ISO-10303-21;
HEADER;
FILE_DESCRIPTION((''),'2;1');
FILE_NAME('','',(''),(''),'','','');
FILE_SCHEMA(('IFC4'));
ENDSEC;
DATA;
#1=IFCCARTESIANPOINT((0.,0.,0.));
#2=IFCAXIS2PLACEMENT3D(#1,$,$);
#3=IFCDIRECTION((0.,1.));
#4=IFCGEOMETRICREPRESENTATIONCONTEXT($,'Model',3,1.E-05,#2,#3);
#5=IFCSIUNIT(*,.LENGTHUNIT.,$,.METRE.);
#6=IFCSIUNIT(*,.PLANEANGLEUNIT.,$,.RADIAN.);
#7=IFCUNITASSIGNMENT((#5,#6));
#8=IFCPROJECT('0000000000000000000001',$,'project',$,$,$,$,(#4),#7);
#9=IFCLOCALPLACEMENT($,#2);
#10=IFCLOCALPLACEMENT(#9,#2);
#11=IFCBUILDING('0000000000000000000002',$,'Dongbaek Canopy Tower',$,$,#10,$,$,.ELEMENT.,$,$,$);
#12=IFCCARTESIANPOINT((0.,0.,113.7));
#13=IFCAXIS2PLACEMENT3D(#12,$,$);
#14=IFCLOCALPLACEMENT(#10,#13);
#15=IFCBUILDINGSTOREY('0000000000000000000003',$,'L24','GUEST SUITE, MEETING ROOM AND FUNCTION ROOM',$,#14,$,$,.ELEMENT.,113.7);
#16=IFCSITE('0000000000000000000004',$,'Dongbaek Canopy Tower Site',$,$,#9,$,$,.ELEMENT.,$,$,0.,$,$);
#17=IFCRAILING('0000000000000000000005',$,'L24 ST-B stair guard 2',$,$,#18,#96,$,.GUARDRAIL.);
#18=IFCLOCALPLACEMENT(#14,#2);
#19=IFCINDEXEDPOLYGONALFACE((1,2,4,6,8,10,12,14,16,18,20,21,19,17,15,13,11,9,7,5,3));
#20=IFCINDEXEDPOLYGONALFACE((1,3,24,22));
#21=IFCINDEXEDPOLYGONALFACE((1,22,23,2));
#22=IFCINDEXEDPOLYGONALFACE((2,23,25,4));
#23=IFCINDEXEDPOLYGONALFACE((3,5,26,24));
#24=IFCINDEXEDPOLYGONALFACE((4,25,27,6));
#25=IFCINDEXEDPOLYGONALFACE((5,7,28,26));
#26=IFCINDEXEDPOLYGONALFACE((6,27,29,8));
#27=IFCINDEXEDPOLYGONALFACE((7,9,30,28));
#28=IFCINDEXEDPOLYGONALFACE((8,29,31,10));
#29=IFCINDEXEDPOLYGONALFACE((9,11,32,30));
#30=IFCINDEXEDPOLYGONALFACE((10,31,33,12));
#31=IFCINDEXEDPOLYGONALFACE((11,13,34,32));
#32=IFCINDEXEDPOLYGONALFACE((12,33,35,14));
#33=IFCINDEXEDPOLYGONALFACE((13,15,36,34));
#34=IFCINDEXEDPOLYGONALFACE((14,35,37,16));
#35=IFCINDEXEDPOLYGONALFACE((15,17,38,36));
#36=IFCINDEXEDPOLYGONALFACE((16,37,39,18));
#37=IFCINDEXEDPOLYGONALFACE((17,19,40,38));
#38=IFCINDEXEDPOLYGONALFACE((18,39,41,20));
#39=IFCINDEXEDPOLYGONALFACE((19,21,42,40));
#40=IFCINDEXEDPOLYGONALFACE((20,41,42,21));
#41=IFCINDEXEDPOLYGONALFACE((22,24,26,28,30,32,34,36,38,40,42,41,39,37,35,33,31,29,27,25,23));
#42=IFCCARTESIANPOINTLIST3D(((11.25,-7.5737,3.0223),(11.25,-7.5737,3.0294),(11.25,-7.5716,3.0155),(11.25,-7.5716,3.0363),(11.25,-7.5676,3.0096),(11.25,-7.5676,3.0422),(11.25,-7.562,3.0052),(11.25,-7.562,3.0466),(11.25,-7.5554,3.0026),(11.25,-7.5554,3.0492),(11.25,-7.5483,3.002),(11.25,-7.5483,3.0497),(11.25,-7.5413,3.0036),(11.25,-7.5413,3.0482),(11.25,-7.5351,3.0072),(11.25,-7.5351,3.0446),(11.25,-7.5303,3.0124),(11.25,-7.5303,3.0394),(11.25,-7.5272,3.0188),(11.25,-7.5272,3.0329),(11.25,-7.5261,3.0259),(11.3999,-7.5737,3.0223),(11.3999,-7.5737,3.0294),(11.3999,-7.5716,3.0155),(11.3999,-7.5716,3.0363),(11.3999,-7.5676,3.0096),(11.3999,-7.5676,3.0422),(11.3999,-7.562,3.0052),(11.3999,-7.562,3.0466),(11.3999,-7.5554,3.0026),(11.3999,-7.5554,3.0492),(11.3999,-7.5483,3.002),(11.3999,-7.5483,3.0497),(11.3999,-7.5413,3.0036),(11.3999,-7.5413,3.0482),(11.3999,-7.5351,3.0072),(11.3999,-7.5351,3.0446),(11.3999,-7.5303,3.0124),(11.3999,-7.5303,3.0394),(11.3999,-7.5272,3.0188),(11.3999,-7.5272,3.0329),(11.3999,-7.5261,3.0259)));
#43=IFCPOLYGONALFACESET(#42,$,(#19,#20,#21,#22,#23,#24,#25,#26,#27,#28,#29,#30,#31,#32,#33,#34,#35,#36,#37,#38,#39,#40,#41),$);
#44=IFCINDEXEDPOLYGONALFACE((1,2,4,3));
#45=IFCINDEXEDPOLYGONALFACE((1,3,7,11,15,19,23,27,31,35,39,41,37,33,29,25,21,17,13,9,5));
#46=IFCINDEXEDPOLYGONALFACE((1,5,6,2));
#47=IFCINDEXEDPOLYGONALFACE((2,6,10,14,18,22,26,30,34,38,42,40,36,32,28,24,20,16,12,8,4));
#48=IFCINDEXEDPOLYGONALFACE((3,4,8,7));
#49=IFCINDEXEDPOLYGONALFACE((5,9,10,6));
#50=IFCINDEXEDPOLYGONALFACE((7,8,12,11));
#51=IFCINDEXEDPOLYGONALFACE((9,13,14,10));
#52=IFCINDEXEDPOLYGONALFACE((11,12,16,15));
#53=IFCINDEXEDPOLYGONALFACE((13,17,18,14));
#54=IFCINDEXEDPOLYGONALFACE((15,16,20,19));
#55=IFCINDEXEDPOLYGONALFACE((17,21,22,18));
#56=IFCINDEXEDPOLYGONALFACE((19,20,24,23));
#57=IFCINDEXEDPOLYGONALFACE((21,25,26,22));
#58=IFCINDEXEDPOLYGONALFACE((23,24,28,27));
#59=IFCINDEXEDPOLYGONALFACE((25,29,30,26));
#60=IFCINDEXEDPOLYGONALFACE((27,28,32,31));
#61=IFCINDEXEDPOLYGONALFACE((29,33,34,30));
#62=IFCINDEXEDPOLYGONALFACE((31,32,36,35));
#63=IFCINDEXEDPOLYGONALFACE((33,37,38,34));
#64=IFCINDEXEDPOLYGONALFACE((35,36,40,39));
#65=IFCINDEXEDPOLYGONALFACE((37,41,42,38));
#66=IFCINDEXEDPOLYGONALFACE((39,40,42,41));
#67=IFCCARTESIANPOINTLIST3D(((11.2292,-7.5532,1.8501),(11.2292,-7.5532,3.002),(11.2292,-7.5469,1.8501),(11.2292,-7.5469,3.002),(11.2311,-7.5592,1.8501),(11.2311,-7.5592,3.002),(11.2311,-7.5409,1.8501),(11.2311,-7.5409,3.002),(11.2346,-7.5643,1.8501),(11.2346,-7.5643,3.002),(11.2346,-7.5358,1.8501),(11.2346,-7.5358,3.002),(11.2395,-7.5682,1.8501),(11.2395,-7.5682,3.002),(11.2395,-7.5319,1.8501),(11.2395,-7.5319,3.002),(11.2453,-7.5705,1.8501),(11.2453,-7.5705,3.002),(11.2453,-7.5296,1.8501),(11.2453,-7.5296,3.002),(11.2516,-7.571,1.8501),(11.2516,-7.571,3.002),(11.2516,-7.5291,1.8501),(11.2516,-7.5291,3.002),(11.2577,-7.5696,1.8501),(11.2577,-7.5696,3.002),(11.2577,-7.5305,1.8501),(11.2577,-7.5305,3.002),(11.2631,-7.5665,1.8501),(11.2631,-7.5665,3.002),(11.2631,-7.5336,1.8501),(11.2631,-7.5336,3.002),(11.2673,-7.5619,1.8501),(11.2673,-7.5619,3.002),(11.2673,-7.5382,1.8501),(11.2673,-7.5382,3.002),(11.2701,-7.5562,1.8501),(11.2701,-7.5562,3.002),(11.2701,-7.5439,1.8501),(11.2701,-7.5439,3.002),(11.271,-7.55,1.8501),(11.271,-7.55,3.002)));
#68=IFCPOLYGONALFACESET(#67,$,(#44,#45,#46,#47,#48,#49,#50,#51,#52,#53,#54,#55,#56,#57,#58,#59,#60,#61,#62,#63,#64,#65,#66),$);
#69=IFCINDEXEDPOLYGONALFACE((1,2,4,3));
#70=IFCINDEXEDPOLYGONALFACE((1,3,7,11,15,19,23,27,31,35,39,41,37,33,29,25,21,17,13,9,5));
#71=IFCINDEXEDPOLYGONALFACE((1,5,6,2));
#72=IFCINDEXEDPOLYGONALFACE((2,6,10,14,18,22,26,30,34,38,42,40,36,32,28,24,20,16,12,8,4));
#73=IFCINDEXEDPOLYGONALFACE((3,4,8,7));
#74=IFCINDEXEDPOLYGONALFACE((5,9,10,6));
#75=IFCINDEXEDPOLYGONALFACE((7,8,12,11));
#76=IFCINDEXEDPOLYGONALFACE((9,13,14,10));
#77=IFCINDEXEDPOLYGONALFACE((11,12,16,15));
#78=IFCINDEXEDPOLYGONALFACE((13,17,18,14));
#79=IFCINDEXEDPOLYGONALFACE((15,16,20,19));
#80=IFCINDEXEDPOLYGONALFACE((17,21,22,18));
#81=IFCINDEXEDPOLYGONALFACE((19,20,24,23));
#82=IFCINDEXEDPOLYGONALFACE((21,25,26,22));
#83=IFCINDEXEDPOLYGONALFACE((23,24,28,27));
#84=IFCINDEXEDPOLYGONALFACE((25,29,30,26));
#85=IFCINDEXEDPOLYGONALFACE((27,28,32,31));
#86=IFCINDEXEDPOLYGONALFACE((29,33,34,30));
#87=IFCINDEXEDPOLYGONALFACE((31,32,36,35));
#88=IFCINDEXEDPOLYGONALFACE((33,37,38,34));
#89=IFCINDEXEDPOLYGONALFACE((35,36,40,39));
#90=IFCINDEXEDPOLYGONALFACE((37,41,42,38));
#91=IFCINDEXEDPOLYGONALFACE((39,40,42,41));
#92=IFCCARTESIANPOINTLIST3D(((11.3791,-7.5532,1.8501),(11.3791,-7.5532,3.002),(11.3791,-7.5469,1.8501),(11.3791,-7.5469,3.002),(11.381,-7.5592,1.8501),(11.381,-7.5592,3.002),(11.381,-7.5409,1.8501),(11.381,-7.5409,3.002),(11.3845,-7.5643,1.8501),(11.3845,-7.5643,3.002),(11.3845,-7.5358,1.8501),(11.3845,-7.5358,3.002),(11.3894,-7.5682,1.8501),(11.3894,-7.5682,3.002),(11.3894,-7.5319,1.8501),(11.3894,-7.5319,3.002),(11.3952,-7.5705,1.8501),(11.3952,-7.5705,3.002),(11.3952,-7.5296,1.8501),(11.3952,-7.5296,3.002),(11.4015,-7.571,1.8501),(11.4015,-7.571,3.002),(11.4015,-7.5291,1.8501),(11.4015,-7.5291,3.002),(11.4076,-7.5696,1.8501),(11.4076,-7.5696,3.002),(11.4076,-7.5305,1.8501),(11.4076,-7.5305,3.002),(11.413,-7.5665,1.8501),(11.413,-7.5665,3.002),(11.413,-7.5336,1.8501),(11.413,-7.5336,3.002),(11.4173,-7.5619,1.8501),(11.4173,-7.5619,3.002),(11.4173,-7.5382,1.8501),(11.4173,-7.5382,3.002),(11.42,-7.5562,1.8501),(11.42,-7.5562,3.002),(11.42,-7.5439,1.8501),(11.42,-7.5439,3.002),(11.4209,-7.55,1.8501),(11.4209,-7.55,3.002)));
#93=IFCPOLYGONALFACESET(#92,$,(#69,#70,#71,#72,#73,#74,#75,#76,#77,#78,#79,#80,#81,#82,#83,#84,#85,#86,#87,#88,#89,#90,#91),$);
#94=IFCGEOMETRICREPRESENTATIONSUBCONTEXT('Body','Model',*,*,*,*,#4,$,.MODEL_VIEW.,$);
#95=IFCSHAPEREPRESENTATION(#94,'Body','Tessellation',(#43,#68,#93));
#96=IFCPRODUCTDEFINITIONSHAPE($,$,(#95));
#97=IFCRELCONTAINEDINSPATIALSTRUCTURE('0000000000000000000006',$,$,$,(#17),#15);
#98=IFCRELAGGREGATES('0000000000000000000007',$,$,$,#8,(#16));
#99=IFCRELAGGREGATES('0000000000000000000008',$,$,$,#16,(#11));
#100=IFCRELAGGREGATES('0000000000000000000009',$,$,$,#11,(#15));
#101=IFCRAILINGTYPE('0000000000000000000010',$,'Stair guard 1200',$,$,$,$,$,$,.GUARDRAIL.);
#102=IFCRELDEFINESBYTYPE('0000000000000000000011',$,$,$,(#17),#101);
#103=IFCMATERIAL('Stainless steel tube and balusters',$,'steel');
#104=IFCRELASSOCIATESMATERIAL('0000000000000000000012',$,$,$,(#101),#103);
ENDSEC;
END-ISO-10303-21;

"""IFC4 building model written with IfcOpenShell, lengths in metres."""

from ifc_helpers import new_model, si_unit, direction, frame, origin, origin_2d, place, context, subcontext, project, spatial, circle, extrude, material, type_object, element, save


model = new_model("IFC4")

# Units and contexts
model_context = context("Model", 3, precision=1e-05, world=origin(), true_north=direction((0.0, 1.0)))
body_context = subcontext(model_context, "Body", "Model", "MODEL_VIEW")
ifc_project = project(units=[si_unit("LENGTHUNIT", "METRE"), si_unit("PLANEANGLEUNIT", "RADIAN")], contexts=[model_context])

# Site, building, storey
site_placement = place(None, origin())
site = spatial("IfcSite", under=ifc_project, at=site_placement, Name="Dongbaek Canopy Tower Site", CompositionType="ELEMENT", RefElevation=0.0)
building_placement = place(site_placement, origin())
building = spatial("IfcBuilding", under=site, at=building_placement, Name="Dongbaek Canopy Tower", CompositionType="ELEMENT")
storey_placement = place(building_placement, frame((0.0, 0.0, 113.7)))
storey = spatial("IfcBuildingStorey", under=building, at=storey_placement, Name="L24", Description="GUEST SUITE, MEETING ROOM AND FUNCTION ROOM", CompositionType="ELEMENT", Elevation=113.7)

# Railing
ifc_material_1 = material(Name="Stainless steel tube and balusters", Category="steel")
railing_type_1 = type_object("IfcRailingType", Name="Stair guard 1200", PredefinedType="GUARDRAIL", material=ifc_material_1)
railing_1_placement = place(storey_placement, frame((11.25, -7.55, 1.8501)))
element("IfcRailing", 1, at=railing_1_placement, inside=storey, type_object=railing_type_1, Name="L24 ST-B stair guard 2", PredefinedType="GUARDRAIL", context=body_context, shape_type="SweptSolid", body=[
    extrude(circle(Radius=0.0239, at=origin_2d()), frame((0.0, 0.0, 1.1758), z_axis=(1.0, 0.0, 0.0), x_axis=(0.0, 1.0, 0.0)), (0.0, 0.0, 1.0), 0.1499),
    extrude(circle(Radius=0.021, at=origin_2d()), origin(), (0.0, 0.0, 1.0), 1.1519),
    extrude(circle(Radius=0.021, at=origin_2d()), frame((0.1499, 0.0, 0.0)), (0.0, 0.0, 1.0), 1.1519),
])

save(model, "model.ifc")
